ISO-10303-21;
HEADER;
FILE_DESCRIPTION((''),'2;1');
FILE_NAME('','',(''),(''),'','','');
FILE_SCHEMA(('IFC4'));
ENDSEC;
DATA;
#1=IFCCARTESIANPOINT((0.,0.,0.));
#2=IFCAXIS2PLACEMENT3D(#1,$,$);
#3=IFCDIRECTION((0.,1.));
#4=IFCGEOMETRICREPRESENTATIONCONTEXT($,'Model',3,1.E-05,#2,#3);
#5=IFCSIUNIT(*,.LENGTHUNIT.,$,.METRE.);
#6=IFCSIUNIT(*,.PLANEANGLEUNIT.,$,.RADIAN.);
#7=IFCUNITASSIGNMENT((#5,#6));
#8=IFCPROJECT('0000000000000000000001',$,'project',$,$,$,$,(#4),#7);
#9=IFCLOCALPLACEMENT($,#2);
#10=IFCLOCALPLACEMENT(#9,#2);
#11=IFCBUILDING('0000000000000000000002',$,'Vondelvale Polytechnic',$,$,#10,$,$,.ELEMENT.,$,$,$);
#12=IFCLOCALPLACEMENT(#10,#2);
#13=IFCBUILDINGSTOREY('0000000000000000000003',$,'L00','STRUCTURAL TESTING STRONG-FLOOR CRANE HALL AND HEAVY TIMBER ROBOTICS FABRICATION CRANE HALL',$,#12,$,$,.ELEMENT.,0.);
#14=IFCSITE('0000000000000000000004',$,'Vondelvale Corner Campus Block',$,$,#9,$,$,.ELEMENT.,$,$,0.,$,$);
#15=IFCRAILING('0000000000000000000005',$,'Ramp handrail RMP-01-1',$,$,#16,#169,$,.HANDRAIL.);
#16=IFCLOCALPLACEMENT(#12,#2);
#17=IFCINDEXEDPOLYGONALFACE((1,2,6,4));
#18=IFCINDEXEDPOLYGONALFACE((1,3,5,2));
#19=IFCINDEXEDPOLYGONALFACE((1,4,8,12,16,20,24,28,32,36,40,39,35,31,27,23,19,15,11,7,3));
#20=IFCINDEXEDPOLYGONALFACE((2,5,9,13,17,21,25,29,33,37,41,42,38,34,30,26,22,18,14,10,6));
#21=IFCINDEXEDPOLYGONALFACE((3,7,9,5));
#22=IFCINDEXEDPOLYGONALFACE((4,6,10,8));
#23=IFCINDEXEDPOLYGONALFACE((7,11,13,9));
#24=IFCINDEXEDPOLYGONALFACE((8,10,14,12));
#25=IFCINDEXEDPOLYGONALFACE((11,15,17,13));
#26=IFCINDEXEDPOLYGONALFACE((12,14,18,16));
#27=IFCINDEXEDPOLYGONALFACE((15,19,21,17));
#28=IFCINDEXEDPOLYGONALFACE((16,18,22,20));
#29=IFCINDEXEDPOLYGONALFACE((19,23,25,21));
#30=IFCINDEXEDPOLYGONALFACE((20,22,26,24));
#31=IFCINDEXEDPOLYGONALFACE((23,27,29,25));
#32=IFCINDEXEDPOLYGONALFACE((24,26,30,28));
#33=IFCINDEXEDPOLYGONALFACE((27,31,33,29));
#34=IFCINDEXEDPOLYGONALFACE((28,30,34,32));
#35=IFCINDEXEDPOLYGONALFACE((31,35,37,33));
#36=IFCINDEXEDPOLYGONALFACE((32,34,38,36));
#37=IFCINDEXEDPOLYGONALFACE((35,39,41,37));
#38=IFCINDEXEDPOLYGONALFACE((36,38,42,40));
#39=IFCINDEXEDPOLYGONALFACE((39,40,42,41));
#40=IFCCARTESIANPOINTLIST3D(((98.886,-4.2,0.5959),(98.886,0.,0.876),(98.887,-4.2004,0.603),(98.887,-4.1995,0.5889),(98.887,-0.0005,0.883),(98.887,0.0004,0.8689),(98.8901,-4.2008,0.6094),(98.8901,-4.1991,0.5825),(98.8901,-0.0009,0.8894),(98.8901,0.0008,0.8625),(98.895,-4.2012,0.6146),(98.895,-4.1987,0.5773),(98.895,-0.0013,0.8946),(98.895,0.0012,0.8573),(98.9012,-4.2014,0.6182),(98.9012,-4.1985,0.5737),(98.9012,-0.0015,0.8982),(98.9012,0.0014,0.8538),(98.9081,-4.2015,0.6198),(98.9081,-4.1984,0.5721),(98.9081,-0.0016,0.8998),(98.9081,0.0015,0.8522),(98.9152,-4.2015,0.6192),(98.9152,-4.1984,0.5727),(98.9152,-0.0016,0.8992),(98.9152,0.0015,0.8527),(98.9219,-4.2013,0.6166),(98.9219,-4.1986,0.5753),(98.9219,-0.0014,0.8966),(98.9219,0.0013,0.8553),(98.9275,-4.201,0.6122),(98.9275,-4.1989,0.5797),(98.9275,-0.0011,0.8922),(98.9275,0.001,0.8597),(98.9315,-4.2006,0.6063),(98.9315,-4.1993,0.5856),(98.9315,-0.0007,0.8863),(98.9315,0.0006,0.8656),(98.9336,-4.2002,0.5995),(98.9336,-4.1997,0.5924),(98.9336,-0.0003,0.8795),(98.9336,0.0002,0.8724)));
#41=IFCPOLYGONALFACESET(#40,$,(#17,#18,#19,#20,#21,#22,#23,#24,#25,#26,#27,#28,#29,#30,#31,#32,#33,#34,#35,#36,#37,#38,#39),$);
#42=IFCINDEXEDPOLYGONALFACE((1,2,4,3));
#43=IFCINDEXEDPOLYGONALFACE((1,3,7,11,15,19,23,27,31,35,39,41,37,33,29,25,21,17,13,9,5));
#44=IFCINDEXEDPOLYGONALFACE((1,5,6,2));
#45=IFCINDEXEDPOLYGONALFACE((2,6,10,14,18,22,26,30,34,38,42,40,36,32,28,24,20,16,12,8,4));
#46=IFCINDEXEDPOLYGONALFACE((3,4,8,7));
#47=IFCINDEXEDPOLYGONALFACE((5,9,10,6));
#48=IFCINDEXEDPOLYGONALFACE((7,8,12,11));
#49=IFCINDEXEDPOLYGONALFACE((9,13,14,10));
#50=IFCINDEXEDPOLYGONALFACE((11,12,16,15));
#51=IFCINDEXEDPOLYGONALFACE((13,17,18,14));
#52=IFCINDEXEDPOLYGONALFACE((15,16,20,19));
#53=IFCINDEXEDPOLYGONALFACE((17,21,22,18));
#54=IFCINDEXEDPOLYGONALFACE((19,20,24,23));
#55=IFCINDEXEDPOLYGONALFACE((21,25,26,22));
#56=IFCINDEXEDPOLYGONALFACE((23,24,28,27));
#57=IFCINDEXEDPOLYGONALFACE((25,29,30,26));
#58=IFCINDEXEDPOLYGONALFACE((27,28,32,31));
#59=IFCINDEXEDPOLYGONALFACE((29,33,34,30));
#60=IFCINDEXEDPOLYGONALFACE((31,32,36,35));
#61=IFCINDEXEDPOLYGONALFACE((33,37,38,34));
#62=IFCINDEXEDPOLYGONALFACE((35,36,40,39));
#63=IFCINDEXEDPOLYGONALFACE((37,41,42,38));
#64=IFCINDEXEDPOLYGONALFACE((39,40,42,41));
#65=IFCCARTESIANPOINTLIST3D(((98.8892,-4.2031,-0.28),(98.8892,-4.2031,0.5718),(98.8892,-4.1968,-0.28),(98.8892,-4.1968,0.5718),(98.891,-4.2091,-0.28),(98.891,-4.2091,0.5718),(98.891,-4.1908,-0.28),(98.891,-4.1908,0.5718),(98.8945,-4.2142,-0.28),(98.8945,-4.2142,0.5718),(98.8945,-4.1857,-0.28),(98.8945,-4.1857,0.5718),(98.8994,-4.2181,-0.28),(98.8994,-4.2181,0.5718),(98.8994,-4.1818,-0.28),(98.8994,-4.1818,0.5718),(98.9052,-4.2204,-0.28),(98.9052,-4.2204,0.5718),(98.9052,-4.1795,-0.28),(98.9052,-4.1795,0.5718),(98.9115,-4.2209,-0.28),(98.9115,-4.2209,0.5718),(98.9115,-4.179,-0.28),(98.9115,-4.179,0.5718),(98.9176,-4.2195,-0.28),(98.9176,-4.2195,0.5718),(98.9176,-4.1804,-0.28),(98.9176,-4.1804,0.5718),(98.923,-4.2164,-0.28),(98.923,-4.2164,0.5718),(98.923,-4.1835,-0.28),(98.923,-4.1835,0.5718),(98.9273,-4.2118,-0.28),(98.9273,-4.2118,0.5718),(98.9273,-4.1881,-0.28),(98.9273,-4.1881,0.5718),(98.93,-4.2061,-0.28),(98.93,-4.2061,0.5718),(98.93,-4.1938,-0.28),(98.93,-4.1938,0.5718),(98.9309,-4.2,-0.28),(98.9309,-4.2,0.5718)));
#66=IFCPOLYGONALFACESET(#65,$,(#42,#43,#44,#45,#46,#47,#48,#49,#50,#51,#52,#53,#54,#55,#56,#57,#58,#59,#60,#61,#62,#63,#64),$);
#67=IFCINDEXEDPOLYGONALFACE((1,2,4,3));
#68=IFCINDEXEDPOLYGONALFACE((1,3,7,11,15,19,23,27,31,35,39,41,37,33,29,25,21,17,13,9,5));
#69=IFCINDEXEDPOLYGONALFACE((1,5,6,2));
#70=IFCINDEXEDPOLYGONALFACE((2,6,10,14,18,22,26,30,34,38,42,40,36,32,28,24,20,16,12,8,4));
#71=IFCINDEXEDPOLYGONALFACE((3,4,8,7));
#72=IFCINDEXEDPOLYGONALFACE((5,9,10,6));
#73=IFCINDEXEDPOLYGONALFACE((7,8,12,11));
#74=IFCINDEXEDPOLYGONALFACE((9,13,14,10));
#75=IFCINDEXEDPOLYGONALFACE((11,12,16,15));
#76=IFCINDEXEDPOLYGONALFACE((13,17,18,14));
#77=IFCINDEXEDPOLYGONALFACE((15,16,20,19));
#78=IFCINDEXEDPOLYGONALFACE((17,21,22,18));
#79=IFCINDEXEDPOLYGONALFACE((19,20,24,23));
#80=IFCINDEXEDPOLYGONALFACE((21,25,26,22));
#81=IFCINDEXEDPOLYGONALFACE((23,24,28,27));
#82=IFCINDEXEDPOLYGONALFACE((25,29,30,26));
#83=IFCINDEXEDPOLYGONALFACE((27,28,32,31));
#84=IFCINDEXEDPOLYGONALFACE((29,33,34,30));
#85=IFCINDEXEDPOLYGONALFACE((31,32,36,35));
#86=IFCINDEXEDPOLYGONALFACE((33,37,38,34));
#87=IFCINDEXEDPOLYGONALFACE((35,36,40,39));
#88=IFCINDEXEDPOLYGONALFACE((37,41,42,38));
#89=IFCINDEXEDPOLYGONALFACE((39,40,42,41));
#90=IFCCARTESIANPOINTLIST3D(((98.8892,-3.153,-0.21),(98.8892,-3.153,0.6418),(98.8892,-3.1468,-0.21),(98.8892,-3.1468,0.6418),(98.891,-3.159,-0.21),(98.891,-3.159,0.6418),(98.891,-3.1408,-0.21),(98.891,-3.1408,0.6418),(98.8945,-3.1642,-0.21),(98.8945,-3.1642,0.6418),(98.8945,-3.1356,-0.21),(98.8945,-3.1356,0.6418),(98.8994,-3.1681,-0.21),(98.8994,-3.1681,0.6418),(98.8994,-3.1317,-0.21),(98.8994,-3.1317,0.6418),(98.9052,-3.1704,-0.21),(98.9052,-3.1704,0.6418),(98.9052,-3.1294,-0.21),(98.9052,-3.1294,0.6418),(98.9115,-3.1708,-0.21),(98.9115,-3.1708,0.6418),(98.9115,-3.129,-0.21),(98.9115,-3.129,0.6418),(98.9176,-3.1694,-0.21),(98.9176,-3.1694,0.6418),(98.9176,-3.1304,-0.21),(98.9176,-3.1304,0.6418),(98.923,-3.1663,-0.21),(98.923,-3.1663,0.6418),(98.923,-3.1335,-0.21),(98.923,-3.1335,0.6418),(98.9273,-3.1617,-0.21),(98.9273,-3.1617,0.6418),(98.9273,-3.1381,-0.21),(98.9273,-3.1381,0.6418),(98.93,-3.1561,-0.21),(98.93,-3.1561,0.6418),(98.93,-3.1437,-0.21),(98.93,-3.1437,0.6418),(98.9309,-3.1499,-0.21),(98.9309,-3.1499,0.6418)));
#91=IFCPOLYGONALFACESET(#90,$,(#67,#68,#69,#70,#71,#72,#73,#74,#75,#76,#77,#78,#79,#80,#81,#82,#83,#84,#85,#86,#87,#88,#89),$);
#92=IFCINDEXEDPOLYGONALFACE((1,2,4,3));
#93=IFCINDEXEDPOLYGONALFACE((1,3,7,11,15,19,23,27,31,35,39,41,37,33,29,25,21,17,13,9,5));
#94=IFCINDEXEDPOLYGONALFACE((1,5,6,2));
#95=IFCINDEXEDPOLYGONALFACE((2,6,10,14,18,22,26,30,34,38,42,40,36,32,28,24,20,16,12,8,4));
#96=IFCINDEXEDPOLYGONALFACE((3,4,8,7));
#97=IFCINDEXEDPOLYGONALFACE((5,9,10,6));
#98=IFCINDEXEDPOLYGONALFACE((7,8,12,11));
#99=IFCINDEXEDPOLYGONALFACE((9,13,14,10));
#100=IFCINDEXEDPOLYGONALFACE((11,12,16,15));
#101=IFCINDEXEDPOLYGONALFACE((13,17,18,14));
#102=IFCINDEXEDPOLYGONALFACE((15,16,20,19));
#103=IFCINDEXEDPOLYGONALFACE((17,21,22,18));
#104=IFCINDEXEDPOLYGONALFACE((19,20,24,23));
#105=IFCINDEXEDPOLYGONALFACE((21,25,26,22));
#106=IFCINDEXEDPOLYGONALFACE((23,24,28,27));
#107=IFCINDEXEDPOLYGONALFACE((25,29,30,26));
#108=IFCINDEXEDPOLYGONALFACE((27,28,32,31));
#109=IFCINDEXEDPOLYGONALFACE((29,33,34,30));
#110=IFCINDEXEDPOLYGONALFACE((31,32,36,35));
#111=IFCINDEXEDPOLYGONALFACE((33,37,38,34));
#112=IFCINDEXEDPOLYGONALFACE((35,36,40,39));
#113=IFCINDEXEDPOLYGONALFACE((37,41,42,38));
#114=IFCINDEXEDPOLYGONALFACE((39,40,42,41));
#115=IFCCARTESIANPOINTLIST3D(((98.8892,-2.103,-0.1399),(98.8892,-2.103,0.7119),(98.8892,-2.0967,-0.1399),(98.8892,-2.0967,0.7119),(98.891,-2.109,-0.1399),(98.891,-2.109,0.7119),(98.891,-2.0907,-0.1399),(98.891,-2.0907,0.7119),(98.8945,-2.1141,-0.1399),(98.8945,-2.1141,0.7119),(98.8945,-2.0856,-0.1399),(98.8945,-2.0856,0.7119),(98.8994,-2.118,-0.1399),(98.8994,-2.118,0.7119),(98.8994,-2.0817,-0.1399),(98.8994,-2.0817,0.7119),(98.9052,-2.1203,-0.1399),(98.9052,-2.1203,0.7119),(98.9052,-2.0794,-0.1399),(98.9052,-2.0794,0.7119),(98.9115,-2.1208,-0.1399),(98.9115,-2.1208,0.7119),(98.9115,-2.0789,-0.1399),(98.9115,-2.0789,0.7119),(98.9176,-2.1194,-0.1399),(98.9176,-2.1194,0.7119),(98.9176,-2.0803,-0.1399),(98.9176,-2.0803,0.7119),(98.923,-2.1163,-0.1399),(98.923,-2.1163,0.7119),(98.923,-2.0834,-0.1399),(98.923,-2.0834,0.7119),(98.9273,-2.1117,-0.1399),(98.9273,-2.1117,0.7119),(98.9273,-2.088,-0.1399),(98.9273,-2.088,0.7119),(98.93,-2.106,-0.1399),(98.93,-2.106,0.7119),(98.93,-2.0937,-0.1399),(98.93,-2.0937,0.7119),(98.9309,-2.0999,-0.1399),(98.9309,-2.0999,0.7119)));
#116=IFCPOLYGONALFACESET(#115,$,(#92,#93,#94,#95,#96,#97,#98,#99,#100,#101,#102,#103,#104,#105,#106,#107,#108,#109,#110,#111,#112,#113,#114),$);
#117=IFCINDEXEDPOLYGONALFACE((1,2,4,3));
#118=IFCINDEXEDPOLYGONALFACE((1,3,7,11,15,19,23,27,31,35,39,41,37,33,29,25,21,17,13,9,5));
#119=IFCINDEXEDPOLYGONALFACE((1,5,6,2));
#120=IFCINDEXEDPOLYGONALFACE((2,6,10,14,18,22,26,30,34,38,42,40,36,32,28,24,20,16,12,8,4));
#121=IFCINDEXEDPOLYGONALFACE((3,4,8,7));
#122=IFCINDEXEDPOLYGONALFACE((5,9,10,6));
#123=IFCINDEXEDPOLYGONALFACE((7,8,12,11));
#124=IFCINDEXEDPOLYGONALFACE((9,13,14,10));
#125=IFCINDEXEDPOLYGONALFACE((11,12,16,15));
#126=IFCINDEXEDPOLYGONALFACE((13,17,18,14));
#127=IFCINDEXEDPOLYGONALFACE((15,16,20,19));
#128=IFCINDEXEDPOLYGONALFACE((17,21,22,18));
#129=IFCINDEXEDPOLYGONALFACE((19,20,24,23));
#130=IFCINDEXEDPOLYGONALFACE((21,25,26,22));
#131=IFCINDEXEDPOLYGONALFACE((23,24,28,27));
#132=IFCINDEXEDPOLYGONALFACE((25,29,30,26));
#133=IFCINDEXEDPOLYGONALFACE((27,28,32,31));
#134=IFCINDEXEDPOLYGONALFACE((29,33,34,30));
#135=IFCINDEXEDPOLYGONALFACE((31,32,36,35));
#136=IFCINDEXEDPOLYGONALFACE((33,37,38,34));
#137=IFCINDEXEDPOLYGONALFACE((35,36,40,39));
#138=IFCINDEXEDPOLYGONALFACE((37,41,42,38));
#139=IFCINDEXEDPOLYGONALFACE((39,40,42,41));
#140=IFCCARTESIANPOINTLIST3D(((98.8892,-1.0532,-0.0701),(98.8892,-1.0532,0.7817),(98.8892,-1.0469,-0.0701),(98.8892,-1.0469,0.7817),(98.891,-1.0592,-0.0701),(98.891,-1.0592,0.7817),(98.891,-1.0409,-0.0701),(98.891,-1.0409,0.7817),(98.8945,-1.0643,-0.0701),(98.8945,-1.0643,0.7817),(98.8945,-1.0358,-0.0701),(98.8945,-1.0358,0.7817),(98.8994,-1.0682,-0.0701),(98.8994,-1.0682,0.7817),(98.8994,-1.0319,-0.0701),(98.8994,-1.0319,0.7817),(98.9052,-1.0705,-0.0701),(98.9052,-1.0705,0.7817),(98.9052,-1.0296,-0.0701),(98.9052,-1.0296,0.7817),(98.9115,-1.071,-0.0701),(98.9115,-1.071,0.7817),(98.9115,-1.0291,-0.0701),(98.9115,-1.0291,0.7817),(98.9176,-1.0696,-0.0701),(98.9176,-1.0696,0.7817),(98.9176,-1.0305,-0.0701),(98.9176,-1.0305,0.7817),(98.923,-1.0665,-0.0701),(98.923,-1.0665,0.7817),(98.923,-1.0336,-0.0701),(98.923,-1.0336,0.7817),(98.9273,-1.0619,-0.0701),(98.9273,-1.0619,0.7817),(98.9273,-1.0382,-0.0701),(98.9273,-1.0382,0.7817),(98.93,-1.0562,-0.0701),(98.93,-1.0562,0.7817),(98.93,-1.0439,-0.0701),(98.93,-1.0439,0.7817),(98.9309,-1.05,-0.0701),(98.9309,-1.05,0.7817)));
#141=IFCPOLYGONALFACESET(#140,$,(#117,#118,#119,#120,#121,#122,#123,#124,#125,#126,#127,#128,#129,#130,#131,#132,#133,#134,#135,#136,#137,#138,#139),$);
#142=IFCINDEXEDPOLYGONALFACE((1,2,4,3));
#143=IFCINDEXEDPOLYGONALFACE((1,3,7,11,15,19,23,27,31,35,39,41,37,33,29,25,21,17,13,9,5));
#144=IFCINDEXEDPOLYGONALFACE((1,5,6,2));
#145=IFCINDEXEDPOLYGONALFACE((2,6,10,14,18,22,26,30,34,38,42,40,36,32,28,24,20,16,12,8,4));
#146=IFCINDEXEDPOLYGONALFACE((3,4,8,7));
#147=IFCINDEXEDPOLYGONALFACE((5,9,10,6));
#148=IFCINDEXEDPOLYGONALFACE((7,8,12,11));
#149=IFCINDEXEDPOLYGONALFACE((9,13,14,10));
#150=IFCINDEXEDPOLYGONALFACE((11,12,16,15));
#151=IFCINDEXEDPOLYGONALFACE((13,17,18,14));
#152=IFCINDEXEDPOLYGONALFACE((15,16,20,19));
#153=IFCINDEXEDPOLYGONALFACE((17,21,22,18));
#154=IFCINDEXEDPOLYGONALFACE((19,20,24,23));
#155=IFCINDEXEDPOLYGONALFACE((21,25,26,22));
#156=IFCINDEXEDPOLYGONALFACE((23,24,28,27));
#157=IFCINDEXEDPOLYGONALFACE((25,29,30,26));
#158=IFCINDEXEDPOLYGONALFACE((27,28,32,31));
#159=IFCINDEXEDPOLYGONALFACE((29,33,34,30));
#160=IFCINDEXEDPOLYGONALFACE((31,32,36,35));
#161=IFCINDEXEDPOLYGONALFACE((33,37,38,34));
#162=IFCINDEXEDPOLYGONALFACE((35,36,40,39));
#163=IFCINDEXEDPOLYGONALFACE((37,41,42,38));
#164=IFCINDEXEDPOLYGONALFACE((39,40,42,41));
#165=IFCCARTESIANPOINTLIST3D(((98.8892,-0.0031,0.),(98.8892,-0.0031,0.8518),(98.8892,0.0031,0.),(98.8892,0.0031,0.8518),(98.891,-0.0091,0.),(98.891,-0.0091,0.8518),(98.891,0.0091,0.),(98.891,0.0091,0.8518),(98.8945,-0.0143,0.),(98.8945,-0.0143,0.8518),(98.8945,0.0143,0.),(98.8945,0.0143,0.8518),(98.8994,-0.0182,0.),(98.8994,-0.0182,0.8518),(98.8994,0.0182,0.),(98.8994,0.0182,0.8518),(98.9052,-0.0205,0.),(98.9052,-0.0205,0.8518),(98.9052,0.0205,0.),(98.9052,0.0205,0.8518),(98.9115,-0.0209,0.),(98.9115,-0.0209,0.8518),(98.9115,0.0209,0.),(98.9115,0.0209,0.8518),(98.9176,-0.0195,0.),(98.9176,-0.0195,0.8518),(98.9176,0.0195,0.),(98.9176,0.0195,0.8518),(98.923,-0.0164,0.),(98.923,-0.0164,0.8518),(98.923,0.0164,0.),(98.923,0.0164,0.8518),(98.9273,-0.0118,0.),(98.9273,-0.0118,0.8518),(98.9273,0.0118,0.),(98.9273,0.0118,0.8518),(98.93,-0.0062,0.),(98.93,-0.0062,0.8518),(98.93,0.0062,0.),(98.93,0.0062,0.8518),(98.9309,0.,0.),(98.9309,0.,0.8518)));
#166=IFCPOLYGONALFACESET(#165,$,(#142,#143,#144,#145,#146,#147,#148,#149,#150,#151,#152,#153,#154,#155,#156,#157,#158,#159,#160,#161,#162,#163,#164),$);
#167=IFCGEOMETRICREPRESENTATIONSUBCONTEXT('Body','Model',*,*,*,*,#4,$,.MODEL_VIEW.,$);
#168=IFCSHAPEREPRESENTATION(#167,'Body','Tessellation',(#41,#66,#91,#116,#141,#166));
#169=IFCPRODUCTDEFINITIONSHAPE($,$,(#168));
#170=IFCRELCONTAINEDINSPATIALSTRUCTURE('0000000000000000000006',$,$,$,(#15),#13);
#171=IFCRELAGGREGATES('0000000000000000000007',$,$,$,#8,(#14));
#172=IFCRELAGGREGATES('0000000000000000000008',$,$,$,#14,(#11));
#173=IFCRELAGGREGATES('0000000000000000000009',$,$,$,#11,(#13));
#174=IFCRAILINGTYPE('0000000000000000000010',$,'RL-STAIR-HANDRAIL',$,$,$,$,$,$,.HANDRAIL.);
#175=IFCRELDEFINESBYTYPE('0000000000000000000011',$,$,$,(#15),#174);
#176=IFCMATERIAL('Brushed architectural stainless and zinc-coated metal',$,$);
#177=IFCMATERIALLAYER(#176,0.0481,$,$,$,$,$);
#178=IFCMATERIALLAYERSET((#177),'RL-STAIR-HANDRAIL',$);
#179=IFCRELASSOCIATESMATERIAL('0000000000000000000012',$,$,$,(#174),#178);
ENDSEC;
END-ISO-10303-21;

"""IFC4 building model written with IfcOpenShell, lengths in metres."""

from ifc_helpers import new_model, si_unit, direction, frame, origin, origin_2d, place, context, subcontext, project, spatial, circle, extrude, material, layer, layer_set, type_object, element, save


model = new_model("IFC4")

# Units and contexts
model_context = context("Model", 3, precision=1e-05, world=origin(), true_north=direction((0.0, 1.0)))
body_context = subcontext(model_context, "Body", "Model", "MODEL_VIEW")
ifc_project = project(units=[si_unit("LENGTHUNIT", "METRE"), si_unit("PLANEANGLEUNIT", "RADIAN")], contexts=[model_context])

# Site, building, storey
site_placement = place(None, origin())
site = spatial("IfcSite", under=ifc_project, at=site_placement, Name="Vondelvale Corner Campus Block", CompositionType="ELEMENT", RefElevation=0.0)
building_placement = place(site_placement, origin())
building = spatial("IfcBuilding", under=site, at=building_placement, Name="Vondelvale Polytechnic", CompositionType="ELEMENT")
storey_placement = place(building_placement, origin())
storey = spatial("IfcBuildingStorey", under=building, at=storey_placement, Name="L00", Description="STRUCTURAL TESTING STRONG-FLOOR CRANE HALL AND HEAVY TIMBER ROBOTICS FABRICATION CRANE HALL", CompositionType="ELEMENT", Elevation=0.0)

# Railing
ifc_material_1 = material(Name="Brushed architectural stainless and zinc-coated metal")
ifc_layer_1 = layer(ifc_material_1, 0.0481)
ifc_layer_set_1 = layer_set([ifc_layer_1], Name="RL-STAIR-HANDRAIL")
railing_type = type_object("IfcRailingType", Name="RL-STAIR-HANDRAIL", PredefinedType="HANDRAIL", material=ifc_layer_set_1)
for number, where, name in (
    (1, (98.9099, -4.2, -0.28), "Ramp handrail RMP-01-1"),
):
    element("IfcRailing", number, at=place(storey_placement, frame(where)), inside=storey, type_object=railing_type, Name=name, PredefinedType="HANDRAIL", context=body_context, shape_type="SweptSolid", body=[
        extrude(circle(Radius=0.0239, at=origin_2d()), frame((0.0, 0.0, 0.876), z_axis=(0.0, 0.997785, 0.066527), x_axis=(-1.0, 0.0, 0.0)), (0.0, 0.0, 1.0), 4.2092),
        extrude(circle(Radius=0.021, at=origin_2d()), origin(), (0.0, 0.0, 1.0), 0.8518),
        extrude(circle(Radius=0.021, at=origin_2d()), frame((0.0, 1.05, 0.0701)), (0.0, 0.0, 1.0), 0.8518),
        extrude(circle(Radius=0.021, at=origin_2d()), frame((0.0, 2.1001, 0.1401)), (0.0, 0.0, 1.0), 0.8518),
        extrude(circle(Radius=0.021, at=origin_2d()), frame((0.0, 3.1499, 0.21)), (0.0, 0.0, 1.0), 0.8518),
        extrude(circle(Radius=0.021, at=origin_2d()), frame((0.0, 4.2, 0.28)), (0.0, 0.0, 1.0), 0.8518),
    ])

save(model, "model.ifc")
